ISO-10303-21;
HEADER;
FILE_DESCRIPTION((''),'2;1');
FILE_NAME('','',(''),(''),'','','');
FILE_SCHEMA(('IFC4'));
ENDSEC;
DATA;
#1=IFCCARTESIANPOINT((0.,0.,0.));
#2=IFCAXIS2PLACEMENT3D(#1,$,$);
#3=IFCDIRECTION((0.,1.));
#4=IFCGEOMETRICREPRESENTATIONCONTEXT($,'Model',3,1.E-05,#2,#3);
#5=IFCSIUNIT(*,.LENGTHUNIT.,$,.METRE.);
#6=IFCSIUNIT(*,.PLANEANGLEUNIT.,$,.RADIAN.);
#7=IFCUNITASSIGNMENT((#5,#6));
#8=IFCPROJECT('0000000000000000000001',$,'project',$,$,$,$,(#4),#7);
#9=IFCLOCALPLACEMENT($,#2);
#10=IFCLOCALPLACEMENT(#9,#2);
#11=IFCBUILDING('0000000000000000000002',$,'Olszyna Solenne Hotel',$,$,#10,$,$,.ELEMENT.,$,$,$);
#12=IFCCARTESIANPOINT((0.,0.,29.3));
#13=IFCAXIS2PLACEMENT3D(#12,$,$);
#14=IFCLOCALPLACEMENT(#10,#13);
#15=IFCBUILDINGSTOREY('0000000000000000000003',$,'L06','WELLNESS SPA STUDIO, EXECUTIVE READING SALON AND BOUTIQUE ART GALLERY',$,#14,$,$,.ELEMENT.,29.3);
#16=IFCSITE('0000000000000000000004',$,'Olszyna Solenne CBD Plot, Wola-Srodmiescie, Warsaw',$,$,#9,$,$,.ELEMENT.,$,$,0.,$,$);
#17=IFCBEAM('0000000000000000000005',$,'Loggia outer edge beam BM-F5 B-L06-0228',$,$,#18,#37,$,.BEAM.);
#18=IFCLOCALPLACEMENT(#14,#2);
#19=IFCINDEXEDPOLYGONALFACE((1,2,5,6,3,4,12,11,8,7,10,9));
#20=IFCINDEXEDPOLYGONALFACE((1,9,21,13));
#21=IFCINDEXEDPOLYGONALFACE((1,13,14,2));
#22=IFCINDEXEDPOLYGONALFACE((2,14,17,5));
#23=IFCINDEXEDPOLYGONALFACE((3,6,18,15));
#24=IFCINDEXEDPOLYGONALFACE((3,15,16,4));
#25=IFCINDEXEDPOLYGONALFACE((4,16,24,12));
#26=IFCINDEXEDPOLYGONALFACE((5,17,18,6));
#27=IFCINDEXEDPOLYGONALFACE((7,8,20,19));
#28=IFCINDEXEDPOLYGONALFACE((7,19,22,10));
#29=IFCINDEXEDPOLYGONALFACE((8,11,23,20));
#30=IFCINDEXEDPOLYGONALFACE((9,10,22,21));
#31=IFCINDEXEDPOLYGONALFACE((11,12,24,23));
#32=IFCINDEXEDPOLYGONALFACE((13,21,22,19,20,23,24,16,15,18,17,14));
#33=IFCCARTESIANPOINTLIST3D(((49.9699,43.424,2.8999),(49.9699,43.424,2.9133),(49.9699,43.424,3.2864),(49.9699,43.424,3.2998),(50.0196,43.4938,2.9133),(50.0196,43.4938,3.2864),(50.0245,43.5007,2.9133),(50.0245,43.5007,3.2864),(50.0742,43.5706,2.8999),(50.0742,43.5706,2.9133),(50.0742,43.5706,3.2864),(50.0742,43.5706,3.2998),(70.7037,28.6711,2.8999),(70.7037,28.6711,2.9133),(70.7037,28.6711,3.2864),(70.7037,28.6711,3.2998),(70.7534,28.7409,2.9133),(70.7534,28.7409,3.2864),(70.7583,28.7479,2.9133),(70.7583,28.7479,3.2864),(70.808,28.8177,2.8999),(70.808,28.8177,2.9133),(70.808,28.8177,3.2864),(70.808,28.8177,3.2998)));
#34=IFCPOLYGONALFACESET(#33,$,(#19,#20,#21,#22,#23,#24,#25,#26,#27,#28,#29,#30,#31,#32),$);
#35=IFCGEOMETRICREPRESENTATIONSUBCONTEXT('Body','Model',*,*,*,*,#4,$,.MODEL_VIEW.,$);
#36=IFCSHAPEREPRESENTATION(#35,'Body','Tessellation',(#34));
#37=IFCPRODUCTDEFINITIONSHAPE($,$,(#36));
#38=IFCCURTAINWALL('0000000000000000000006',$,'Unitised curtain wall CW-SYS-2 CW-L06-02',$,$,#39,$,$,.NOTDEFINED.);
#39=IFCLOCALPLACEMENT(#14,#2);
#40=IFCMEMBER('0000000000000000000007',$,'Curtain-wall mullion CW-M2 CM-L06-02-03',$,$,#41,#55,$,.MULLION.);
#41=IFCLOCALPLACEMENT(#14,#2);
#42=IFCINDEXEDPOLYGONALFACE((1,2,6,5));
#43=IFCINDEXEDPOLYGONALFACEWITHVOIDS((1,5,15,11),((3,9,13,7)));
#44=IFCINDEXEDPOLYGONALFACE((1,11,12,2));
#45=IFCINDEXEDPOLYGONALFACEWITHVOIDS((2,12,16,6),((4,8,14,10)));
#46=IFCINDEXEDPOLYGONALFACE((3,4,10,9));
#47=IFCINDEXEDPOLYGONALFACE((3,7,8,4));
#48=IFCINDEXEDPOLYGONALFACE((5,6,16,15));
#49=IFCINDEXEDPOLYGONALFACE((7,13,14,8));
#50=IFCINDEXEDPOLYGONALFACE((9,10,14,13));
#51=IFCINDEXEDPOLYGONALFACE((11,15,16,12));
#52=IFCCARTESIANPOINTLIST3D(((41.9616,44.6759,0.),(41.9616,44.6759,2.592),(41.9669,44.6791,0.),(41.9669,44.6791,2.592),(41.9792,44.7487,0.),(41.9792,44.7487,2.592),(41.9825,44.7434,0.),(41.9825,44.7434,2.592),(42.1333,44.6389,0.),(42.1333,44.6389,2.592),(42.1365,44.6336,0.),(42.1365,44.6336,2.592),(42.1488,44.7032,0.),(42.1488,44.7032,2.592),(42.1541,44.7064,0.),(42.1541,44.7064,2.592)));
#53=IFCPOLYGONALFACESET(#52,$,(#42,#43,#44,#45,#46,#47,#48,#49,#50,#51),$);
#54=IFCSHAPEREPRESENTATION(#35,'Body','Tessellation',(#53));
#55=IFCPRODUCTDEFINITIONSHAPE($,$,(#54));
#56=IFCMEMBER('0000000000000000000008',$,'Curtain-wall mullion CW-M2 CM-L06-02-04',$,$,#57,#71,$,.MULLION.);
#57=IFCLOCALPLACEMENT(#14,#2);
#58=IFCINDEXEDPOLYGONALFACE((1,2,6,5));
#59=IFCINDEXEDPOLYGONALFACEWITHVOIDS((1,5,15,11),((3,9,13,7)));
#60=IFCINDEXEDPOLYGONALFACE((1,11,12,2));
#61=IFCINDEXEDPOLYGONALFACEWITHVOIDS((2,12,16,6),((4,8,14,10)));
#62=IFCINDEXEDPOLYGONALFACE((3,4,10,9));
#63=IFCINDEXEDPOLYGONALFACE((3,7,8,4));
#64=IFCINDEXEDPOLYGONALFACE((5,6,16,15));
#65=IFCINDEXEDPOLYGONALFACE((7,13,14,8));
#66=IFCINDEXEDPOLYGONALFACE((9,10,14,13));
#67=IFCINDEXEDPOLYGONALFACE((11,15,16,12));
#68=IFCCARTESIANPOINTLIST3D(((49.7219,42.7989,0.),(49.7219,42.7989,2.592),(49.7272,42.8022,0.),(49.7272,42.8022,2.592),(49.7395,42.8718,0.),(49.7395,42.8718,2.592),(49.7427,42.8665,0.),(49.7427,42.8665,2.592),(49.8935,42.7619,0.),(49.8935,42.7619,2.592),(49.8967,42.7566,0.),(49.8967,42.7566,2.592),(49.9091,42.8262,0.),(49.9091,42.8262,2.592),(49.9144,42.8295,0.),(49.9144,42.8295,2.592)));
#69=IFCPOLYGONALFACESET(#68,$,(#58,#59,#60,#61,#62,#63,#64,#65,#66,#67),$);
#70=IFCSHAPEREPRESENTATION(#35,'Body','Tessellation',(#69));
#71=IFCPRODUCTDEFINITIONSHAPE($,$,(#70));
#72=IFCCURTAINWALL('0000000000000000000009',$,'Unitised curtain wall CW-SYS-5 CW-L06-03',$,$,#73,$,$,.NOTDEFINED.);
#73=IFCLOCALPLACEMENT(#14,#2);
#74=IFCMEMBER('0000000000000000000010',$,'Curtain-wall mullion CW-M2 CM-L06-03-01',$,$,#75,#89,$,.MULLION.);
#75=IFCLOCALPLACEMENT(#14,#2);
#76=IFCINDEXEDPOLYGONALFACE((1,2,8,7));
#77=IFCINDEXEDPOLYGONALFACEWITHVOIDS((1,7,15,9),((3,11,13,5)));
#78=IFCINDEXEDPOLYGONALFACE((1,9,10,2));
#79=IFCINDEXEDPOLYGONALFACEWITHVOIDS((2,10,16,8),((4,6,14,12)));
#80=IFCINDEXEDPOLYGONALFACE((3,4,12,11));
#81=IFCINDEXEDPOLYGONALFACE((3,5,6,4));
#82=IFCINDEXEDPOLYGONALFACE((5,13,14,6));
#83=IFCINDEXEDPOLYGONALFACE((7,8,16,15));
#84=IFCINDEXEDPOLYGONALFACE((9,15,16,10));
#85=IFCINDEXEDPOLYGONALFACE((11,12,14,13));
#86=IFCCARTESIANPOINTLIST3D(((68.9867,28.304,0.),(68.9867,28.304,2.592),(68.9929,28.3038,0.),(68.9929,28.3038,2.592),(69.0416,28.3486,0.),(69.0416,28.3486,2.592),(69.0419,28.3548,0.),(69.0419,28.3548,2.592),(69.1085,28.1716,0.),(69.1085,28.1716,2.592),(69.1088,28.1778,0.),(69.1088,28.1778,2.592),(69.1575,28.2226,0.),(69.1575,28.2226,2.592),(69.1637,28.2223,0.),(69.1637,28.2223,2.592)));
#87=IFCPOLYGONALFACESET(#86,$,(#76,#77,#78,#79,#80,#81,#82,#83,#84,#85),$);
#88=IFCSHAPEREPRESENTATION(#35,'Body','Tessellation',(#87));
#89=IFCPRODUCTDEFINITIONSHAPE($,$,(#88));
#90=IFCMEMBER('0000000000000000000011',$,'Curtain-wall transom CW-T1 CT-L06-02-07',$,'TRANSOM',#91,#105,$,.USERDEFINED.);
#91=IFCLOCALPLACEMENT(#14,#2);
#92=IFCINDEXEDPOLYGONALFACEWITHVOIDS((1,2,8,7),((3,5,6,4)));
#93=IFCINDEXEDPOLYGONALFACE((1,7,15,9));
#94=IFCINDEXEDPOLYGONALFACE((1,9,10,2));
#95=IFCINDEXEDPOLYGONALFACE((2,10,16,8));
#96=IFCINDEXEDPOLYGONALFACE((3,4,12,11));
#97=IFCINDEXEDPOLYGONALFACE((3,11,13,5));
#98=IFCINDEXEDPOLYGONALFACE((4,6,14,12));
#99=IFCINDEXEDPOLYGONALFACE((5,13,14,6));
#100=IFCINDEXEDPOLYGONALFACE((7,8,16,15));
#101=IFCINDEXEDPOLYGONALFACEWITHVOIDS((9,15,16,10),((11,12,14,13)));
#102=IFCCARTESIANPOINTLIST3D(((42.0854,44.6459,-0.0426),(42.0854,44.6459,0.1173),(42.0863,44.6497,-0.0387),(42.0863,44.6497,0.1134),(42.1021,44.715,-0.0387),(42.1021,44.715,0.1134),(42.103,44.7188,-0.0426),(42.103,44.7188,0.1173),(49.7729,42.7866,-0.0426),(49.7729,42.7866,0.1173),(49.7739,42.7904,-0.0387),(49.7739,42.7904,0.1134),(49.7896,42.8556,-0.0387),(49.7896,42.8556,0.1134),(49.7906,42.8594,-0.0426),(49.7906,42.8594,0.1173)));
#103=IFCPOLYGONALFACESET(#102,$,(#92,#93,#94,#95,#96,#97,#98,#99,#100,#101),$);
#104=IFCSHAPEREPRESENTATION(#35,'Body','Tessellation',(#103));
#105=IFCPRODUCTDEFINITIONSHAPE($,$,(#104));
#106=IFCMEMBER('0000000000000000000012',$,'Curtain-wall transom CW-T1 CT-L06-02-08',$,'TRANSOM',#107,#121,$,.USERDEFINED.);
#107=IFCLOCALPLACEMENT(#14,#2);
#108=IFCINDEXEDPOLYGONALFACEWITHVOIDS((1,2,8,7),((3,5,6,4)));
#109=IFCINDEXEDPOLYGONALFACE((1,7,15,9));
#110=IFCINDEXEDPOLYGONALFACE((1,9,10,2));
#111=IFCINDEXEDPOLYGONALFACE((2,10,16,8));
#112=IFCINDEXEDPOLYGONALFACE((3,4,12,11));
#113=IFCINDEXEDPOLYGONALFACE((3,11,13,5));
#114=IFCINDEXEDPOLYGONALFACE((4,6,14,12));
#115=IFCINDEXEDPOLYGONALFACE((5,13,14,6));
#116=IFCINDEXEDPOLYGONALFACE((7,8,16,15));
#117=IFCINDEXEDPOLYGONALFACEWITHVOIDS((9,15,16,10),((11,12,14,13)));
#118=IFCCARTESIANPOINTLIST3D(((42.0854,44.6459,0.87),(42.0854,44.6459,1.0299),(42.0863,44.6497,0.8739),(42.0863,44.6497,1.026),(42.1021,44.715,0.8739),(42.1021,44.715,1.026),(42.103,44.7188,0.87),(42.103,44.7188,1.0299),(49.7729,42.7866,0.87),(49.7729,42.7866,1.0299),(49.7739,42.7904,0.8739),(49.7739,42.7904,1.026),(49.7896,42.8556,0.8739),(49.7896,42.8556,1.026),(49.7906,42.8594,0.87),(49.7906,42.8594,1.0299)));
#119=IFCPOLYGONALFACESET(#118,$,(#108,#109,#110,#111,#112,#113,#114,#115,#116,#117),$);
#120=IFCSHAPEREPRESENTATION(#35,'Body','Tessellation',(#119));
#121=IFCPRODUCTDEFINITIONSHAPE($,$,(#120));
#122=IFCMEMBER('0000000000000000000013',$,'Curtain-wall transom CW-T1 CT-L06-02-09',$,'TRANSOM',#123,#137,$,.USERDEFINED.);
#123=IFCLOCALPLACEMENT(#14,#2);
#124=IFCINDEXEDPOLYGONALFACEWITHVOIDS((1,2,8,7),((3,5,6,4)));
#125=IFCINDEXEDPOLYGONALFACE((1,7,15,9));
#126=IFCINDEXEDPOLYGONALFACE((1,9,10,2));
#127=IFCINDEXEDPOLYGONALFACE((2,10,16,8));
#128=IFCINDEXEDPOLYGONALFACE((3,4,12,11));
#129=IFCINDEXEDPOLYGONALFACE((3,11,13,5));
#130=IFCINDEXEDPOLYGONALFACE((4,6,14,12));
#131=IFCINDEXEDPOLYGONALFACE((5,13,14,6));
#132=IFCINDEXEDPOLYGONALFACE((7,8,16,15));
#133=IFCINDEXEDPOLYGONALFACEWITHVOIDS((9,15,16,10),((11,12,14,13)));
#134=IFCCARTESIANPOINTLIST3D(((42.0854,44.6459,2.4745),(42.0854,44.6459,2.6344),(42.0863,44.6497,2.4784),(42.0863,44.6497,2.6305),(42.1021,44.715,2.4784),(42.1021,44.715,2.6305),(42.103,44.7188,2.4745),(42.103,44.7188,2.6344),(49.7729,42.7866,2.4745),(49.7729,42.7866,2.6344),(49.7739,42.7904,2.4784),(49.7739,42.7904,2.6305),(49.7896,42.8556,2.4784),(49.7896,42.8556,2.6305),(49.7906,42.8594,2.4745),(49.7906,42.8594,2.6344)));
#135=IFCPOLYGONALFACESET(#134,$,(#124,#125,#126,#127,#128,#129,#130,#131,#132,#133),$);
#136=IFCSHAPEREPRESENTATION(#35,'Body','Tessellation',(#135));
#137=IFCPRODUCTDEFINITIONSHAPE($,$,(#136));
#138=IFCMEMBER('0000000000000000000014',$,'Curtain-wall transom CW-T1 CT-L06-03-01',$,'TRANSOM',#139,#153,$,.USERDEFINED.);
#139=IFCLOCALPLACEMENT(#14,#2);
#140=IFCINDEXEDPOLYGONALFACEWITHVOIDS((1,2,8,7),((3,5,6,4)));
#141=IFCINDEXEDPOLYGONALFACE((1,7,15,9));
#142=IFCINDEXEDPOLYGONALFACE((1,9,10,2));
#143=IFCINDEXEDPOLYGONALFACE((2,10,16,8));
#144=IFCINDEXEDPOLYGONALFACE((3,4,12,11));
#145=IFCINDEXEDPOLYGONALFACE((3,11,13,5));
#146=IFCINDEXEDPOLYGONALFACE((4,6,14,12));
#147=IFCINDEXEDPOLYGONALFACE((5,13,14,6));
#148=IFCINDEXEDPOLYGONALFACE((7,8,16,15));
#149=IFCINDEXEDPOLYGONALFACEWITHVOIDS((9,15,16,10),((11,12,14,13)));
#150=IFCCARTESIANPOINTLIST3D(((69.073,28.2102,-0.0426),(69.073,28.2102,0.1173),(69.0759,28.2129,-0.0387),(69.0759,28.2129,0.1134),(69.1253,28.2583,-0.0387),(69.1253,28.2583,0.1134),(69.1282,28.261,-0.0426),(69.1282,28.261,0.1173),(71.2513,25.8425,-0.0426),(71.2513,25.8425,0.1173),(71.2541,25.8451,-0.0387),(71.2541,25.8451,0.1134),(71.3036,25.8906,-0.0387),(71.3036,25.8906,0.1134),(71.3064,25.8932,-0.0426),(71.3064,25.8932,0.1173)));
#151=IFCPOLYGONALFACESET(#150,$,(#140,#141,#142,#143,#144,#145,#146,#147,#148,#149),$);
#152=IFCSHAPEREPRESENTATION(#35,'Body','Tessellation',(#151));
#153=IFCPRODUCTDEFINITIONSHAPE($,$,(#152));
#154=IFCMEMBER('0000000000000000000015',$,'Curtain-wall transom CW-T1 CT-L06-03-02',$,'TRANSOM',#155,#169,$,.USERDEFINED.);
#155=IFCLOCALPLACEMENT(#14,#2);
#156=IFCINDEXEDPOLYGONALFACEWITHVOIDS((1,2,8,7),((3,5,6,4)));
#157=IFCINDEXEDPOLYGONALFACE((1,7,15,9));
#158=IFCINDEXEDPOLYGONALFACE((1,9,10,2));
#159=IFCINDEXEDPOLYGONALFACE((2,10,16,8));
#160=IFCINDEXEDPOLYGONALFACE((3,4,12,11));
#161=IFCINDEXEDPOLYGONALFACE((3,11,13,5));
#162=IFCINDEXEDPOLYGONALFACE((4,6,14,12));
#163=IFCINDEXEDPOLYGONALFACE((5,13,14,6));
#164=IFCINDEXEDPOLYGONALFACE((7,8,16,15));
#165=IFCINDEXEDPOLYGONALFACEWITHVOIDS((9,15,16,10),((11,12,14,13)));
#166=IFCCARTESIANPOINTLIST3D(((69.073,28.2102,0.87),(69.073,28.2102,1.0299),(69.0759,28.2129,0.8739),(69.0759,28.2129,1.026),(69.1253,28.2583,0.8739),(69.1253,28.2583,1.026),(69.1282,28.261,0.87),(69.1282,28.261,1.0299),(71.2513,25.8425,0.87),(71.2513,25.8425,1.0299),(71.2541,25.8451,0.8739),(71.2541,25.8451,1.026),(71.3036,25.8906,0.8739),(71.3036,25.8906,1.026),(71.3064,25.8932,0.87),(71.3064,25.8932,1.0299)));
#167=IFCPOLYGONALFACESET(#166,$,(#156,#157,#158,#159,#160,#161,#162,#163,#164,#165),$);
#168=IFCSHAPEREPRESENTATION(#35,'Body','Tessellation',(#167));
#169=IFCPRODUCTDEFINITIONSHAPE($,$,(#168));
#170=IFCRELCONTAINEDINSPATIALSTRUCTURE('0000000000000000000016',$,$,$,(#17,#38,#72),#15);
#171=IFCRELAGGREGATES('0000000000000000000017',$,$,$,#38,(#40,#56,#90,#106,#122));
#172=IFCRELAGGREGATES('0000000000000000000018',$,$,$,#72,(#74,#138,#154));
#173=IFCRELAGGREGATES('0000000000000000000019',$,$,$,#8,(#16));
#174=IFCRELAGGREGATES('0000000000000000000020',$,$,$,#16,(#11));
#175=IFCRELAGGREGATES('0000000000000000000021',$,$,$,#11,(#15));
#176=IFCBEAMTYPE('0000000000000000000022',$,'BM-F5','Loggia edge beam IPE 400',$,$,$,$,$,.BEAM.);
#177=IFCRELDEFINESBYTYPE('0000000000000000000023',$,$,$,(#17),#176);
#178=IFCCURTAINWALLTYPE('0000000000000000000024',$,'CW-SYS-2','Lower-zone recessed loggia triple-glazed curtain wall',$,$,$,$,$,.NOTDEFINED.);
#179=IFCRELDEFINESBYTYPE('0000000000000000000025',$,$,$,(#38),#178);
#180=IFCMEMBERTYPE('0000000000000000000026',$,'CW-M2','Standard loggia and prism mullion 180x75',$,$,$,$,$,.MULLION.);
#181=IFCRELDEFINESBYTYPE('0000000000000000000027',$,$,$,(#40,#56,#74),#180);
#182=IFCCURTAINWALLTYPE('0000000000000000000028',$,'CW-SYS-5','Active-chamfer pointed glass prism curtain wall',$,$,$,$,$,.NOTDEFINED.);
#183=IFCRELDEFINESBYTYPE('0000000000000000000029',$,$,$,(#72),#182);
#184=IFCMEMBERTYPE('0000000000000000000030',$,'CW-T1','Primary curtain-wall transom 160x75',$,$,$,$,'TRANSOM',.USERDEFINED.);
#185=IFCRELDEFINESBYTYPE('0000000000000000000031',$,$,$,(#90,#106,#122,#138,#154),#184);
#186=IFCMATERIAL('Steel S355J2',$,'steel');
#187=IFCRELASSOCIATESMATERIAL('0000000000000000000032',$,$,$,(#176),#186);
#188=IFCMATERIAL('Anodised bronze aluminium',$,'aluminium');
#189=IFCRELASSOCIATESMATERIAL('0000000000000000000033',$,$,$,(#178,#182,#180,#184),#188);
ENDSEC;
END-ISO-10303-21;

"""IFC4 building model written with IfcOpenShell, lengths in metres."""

from ifc_helpers import new_model, si_unit, direction, frame, origin, origin_2d, place, context, subcontext, project, spatial, hollow_rectangle, i_section, extrude, source, transform, mapped, material, material_profile, profile_set, type_object, element, aggregate, save


model = new_model("IFC4")

# Units and contexts
model_context = context("Model", 3, precision=1e-05, world=origin(), true_north=direction((0.0, 1.0)))
body_context = subcontext(model_context, "Body", "Model", "MODEL_VIEW")
ifc_project = project(units=[si_unit("LENGTHUNIT", "METRE"), si_unit("PLANEANGLEUNIT", "RADIAN")], contexts=[model_context])

# Site, building, storey
site_placement = place(None, origin())
site = spatial("IfcSite", under=ifc_project, at=site_placement, Name="Olszyna Solenne CBD Plot, Wola-Srodmiescie, Warsaw", CompositionType="ELEMENT", RefElevation=0.0)
building_placement = place(site_placement, origin())
building = spatial("IfcBuilding", under=site, at=building_placement, Name="Olszyna Solenne Hotel", CompositionType="ELEMENT")
storey_placement = place(building_placement, frame((0.0, 0.0, 29.3)))
storey = spatial("IfcBuildingStorey", under=building, at=storey_placement, Name="L06", Description="WELLNESS SPA STUDIO, EXECUTIVE READING SALON AND BOUTIQUE ART GALLERY", CompositionType="ELEMENT", Elevation=29.3)

# Beam
ifc_material_1 = material(Name="Steel S355J2", Category="steel")
ifc_material_profile_1 = material_profile(ifc_material_1, i_section(OverallWidth=0.1799, OverallDepth=0.3999, WebThickness=0.0085, FlangeThickness=0.0134, at=origin_2d()), Name="IPE 400", Category="load-bearing")
ifc_profile_set_1 = profile_set([ifc_material_profile_1], Name="Steel S355J2")
beam_type_1 = type_object("IfcBeamType", Name="BM-F5", Description="Loggia edge beam IPE 400", PredefinedType="BEAM", material=ifc_profile_set_1)
shared_shape_1 = source(origin(), body_context, "Body", "SweptSolid", [
    extrude(i_section(OverallWidth=0.1799, OverallDepth=0.3999, WebThickness=0.0085, FlangeThickness=0.0134, at=origin_2d()), origin(), (0.0, 0.0, 1.0), 25.4468),
])
beam_1_placement = place(storey_placement, frame((70.7559, 28.7444, 3.0999), z_axis=(-0.814791, 0.579754, 0.0), x_axis=(-0.579754, -0.814791, 0.0)))
element("IfcBeam", 1, at=beam_1_placement, inside=storey, type_object=beam_type_1, Name="Loggia outer edge beam BM-F5 B-L06-0228", PredefinedType="BEAM", context=body_context, shape_type="MappedRepresentation", body=[
    mapped(shared_shape_1, transform((0.0, 0.0, 0.0), x_axis=(1.0, 0.0, 0.0), y_axis=(0.0, 1.0, 0.0), z_axis=(0.0, 0.0, 1.0), scale=1.0)),
])

# Curtain wall, members
ifc_material_2 = material(Name="Anodised bronze aluminium", Category="aluminium")
curtain_wall_type_1 = type_object("IfcCurtainWallType", Name="CW-SYS-2", Description="Lower-zone recessed loggia triple-glazed curtain wall", PredefinedType="NOTDEFINED", material=ifc_material_2)
curtain_wall_1_placement = place(storey_placement, origin())
curtain_wall_1 = element("IfcCurtainWall", 2, at=curtain_wall_1_placement, inside=storey, type_object=curtain_wall_type_1, Name="Unitised curtain wall CW-SYS-2 CW-L06-02", PredefinedType="NOTDEFINED")
ifc_material_profile_2 = material_profile(ifc_material_2, hollow_rectangle(XDim=0.075, YDim=0.1799, WallThickness=0.0044, at=origin_2d()), Name="MULL 180x75x4.5", Category="load-bearing")
ifc_profile_set_2 = profile_set([ifc_material_profile_2], Name="Anodised bronze aluminium")
member_type_1 = type_object("IfcMemberType", Name="CW-M2", Description="Standard loggia and prism mullion 180x75", PredefinedType="MULLION", material=ifc_profile_set_2)
shared_shape_2 = source(origin(), body_context, "Body", "SweptSolid", [
    extrude(hollow_rectangle(XDim=0.075, YDim=0.1799, WallThickness=0.0044, at=origin_2d()), origin(), (0.0, 0.0, 1.0), 2.592),
])
member_1_placement = place(storey_placement, frame((42.0579, 44.6912, 0.0), z_axis=(0.0, 0.0, 1.0), x_axis=(0.235108, 0.971969, 0.0)))
member_1 = element("IfcMember", 3, at=member_1_placement, type_object=member_type_1, Name="Curtain-wall mullion CW-M2 CM-L06-02-03", PredefinedType="MULLION", context=body_context, shape_type="MappedRepresentation", body=[
    mapped(shared_shape_2, transform((0.0, 0.0, 0.0), x_axis=(1.0, 0.0, 0.0), y_axis=(0.0, 1.0, 0.0), z_axis=(0.0, 0.0, 1.0), scale=1.0)),
])
member_2_placement = place(storey_placement, frame((49.8181, 42.8142, 0.0), z_axis=(0.0, 0.0, 1.0), x_axis=(0.235108, 0.971969, 0.0)))
member_2 = element("IfcMember", 4, at=member_2_placement, type_object=member_type_1, Name="Curtain-wall mullion CW-M2 CM-L06-02-04", PredefinedType="MULLION", context=body_context, shape_type="MappedRepresentation", body=[
    mapped(shared_shape_2, transform((0.0, 0.0, 0.0), x_axis=(1.0, 0.0, 0.0), y_axis=(0.0, 1.0, 0.0), z_axis=(0.0, 0.0, 1.0), scale=1.0)),
])

# Curtain wall, member
curtain_wall_type_2 = type_object("IfcCurtainWallType", Name="CW-SYS-5", Description="Active-chamfer pointed glass prism curtain wall", PredefinedType="NOTDEFINED", material=ifc_material_2)
curtain_wall_2_placement = place(storey_placement, origin())
curtain_wall_2 = element("IfcCurtainWall", 5, at=curtain_wall_2_placement, inside=storey, type_object=curtain_wall_type_2, Name="Unitised curtain wall CW-SYS-5 CW-L06-03", PredefinedType="NOTDEFINED")
member_3_placement = place(storey_placement, frame((69.0752, 28.2632, 0.0), z_axis=(0.0, 0.0, 1.0), x_axis=(0.735954, 0.677032, 0.0)))
member_3 = element("IfcMember", 6, at=member_3_placement, type_object=member_type_1, Name="Curtain-wall mullion CW-M2 CM-L06-03-01", PredefinedType="MULLION", context=body_context, shape_type="MappedRepresentation", body=[
    mapped(shared_shape_2, transform((0.0, 0.0, 0.0), x_axis=(1.0, 0.0, 0.0), y_axis=(0.0, 1.0, 0.0), z_axis=(0.0, 0.0, 1.0), scale=1.0)),
])

# Members
ifc_material_profile_3 = material_profile(ifc_material_2, hollow_rectangle(XDim=0.075, YDim=0.1599, WallThickness=0.0039, at=origin_2d()), Name="TRAN 160x75x4", Category="load-bearing")
ifc_profile_set_3 = profile_set([ifc_material_profile_3], Name="Anodised bronze aluminium")
member_type_2 = type_object("IfcMemberType", Name="CW-T1", Description="Primary curtain-wall transom 160x75", ElementType="TRANSOM", PredefinedType="USERDEFINED", material=ifc_profile_set_3)
shared_shape_3 = source(origin(), body_context, "Body", "SweptSolid", [
    extrude(hollow_rectangle(XDim=0.075, YDim=0.1599, WallThickness=0.0039, at=origin_2d()), origin(), (0.0, 0.0, 1.0), 7.9092),
])
member_4_placement = place(storey_placement, frame((42.0942, 44.6824, 0.0374), z_axis=(0.971973, -0.235091, 0.0), x_axis=(0.235091, 0.971973, 0.0)))
member_4 = element("IfcMember", 7, at=member_4_placement, type_object=member_type_2, Name="Curtain-wall transom CW-T1 CT-L06-02-07", ObjectType="TRANSOM", PredefinedType="USERDEFINED", context=body_context, shape_type="MappedRepresentation", body=[
    mapped(shared_shape_3, transform((0.0, 0.0, 0.0), x_axis=(1.0, 0.0, 0.0), y_axis=(0.0, 1.0, 0.0), z_axis=(0.0, 0.0, 1.0), scale=1.0)),
])
member_5_placement = place(storey_placement, frame((42.0942, 44.6824, 0.95), z_axis=(0.971973, -0.235091, 0.0), x_axis=(0.235091, 0.971973, 0.0)))
member_5 = element("IfcMember", 8, at=member_5_placement, type_object=member_type_2, Name="Curtain-wall transom CW-T1 CT-L06-02-08", ObjectType="TRANSOM", PredefinedType="USERDEFINED", context=body_context, shape_type="MappedRepresentation", body=[
    mapped(shared_shape_3, transform((0.0, 0.0, 0.0), x_axis=(1.0, 0.0, 0.0), y_axis=(0.0, 1.0, 0.0), z_axis=(0.0, 0.0, 1.0), scale=1.0)),
])
member_6_placement = place(storey_placement, frame((42.0942, 44.6824, 2.5544), z_axis=(0.971973, -0.235091, 0.0), x_axis=(0.235091, 0.971973, 0.0)))
member_6 = element("IfcMember", 9, at=member_6_placement, type_object=member_type_2, Name="Curtain-wall transom CW-T1 CT-L06-02-09", ObjectType="TRANSOM", PredefinedType="USERDEFINED", context=body_context, shape_type="MappedRepresentation", body=[
    mapped(shared_shape_3, transform((0.0, 0.0, 0.0), x_axis=(1.0, 0.0, 0.0), y_axis=(0.0, 1.0, 0.0), z_axis=(0.0, 0.0, 1.0), scale=1.0)),
])
shared_shape_4 = source(origin(), body_context, "Body", "SweptSolid", [
    extrude(hollow_rectangle(XDim=0.075, YDim=0.1599, WallThickness=0.0039, at=origin_2d()), origin(), (0.0, 0.0, 1.0), 3.2173),
])
member_7_placement = place(storey_placement, frame((69.1006, 28.2356, 0.0374), z_axis=(0.67705, -0.735937, 0.0), x_axis=(0.735937, 0.67705, 0.0)))
member_7 = element("IfcMember", 10, at=member_7_placement, type_object=member_type_2, Name="Curtain-wall transom CW-T1 CT-L06-03-01", ObjectType="TRANSOM", PredefinedType="USERDEFINED", context=body_context, shape_type="MappedRepresentation", body=[
    mapped(shared_shape_4, transform((0.0, 0.0, 0.0), x_axis=(1.0, 0.0, 0.0), y_axis=(0.0, 1.0, 0.0), z_axis=(0.0, 0.0, 1.0), scale=1.0)),
])
member_8_placement = place(storey_placement, frame((69.1006, 28.2356, 0.95), z_axis=(0.67705, -0.735937, 0.0), x_axis=(0.735937, 0.67705, 0.0)))
member_8 = element("IfcMember", 11, at=member_8_placement, type_object=member_type_2, Name="Curtain-wall transom CW-T1 CT-L06-03-02", ObjectType="TRANSOM", PredefinedType="USERDEFINED", context=body_context, shape_type="MappedRepresentation", body=[
    mapped(shared_shape_4, transform((0.0, 0.0, 0.0), x_axis=(1.0, 0.0, 0.0), y_axis=(0.0, 1.0, 0.0), z_axis=(0.0, 0.0, 1.0), scale=1.0)),
])

aggregate(curtain_wall_1, [member_1, member_2, member_4, member_5, member_6])
aggregate(curtain_wall_2, [member_3, member_7, member_8])

save(model, "model.ifc")
